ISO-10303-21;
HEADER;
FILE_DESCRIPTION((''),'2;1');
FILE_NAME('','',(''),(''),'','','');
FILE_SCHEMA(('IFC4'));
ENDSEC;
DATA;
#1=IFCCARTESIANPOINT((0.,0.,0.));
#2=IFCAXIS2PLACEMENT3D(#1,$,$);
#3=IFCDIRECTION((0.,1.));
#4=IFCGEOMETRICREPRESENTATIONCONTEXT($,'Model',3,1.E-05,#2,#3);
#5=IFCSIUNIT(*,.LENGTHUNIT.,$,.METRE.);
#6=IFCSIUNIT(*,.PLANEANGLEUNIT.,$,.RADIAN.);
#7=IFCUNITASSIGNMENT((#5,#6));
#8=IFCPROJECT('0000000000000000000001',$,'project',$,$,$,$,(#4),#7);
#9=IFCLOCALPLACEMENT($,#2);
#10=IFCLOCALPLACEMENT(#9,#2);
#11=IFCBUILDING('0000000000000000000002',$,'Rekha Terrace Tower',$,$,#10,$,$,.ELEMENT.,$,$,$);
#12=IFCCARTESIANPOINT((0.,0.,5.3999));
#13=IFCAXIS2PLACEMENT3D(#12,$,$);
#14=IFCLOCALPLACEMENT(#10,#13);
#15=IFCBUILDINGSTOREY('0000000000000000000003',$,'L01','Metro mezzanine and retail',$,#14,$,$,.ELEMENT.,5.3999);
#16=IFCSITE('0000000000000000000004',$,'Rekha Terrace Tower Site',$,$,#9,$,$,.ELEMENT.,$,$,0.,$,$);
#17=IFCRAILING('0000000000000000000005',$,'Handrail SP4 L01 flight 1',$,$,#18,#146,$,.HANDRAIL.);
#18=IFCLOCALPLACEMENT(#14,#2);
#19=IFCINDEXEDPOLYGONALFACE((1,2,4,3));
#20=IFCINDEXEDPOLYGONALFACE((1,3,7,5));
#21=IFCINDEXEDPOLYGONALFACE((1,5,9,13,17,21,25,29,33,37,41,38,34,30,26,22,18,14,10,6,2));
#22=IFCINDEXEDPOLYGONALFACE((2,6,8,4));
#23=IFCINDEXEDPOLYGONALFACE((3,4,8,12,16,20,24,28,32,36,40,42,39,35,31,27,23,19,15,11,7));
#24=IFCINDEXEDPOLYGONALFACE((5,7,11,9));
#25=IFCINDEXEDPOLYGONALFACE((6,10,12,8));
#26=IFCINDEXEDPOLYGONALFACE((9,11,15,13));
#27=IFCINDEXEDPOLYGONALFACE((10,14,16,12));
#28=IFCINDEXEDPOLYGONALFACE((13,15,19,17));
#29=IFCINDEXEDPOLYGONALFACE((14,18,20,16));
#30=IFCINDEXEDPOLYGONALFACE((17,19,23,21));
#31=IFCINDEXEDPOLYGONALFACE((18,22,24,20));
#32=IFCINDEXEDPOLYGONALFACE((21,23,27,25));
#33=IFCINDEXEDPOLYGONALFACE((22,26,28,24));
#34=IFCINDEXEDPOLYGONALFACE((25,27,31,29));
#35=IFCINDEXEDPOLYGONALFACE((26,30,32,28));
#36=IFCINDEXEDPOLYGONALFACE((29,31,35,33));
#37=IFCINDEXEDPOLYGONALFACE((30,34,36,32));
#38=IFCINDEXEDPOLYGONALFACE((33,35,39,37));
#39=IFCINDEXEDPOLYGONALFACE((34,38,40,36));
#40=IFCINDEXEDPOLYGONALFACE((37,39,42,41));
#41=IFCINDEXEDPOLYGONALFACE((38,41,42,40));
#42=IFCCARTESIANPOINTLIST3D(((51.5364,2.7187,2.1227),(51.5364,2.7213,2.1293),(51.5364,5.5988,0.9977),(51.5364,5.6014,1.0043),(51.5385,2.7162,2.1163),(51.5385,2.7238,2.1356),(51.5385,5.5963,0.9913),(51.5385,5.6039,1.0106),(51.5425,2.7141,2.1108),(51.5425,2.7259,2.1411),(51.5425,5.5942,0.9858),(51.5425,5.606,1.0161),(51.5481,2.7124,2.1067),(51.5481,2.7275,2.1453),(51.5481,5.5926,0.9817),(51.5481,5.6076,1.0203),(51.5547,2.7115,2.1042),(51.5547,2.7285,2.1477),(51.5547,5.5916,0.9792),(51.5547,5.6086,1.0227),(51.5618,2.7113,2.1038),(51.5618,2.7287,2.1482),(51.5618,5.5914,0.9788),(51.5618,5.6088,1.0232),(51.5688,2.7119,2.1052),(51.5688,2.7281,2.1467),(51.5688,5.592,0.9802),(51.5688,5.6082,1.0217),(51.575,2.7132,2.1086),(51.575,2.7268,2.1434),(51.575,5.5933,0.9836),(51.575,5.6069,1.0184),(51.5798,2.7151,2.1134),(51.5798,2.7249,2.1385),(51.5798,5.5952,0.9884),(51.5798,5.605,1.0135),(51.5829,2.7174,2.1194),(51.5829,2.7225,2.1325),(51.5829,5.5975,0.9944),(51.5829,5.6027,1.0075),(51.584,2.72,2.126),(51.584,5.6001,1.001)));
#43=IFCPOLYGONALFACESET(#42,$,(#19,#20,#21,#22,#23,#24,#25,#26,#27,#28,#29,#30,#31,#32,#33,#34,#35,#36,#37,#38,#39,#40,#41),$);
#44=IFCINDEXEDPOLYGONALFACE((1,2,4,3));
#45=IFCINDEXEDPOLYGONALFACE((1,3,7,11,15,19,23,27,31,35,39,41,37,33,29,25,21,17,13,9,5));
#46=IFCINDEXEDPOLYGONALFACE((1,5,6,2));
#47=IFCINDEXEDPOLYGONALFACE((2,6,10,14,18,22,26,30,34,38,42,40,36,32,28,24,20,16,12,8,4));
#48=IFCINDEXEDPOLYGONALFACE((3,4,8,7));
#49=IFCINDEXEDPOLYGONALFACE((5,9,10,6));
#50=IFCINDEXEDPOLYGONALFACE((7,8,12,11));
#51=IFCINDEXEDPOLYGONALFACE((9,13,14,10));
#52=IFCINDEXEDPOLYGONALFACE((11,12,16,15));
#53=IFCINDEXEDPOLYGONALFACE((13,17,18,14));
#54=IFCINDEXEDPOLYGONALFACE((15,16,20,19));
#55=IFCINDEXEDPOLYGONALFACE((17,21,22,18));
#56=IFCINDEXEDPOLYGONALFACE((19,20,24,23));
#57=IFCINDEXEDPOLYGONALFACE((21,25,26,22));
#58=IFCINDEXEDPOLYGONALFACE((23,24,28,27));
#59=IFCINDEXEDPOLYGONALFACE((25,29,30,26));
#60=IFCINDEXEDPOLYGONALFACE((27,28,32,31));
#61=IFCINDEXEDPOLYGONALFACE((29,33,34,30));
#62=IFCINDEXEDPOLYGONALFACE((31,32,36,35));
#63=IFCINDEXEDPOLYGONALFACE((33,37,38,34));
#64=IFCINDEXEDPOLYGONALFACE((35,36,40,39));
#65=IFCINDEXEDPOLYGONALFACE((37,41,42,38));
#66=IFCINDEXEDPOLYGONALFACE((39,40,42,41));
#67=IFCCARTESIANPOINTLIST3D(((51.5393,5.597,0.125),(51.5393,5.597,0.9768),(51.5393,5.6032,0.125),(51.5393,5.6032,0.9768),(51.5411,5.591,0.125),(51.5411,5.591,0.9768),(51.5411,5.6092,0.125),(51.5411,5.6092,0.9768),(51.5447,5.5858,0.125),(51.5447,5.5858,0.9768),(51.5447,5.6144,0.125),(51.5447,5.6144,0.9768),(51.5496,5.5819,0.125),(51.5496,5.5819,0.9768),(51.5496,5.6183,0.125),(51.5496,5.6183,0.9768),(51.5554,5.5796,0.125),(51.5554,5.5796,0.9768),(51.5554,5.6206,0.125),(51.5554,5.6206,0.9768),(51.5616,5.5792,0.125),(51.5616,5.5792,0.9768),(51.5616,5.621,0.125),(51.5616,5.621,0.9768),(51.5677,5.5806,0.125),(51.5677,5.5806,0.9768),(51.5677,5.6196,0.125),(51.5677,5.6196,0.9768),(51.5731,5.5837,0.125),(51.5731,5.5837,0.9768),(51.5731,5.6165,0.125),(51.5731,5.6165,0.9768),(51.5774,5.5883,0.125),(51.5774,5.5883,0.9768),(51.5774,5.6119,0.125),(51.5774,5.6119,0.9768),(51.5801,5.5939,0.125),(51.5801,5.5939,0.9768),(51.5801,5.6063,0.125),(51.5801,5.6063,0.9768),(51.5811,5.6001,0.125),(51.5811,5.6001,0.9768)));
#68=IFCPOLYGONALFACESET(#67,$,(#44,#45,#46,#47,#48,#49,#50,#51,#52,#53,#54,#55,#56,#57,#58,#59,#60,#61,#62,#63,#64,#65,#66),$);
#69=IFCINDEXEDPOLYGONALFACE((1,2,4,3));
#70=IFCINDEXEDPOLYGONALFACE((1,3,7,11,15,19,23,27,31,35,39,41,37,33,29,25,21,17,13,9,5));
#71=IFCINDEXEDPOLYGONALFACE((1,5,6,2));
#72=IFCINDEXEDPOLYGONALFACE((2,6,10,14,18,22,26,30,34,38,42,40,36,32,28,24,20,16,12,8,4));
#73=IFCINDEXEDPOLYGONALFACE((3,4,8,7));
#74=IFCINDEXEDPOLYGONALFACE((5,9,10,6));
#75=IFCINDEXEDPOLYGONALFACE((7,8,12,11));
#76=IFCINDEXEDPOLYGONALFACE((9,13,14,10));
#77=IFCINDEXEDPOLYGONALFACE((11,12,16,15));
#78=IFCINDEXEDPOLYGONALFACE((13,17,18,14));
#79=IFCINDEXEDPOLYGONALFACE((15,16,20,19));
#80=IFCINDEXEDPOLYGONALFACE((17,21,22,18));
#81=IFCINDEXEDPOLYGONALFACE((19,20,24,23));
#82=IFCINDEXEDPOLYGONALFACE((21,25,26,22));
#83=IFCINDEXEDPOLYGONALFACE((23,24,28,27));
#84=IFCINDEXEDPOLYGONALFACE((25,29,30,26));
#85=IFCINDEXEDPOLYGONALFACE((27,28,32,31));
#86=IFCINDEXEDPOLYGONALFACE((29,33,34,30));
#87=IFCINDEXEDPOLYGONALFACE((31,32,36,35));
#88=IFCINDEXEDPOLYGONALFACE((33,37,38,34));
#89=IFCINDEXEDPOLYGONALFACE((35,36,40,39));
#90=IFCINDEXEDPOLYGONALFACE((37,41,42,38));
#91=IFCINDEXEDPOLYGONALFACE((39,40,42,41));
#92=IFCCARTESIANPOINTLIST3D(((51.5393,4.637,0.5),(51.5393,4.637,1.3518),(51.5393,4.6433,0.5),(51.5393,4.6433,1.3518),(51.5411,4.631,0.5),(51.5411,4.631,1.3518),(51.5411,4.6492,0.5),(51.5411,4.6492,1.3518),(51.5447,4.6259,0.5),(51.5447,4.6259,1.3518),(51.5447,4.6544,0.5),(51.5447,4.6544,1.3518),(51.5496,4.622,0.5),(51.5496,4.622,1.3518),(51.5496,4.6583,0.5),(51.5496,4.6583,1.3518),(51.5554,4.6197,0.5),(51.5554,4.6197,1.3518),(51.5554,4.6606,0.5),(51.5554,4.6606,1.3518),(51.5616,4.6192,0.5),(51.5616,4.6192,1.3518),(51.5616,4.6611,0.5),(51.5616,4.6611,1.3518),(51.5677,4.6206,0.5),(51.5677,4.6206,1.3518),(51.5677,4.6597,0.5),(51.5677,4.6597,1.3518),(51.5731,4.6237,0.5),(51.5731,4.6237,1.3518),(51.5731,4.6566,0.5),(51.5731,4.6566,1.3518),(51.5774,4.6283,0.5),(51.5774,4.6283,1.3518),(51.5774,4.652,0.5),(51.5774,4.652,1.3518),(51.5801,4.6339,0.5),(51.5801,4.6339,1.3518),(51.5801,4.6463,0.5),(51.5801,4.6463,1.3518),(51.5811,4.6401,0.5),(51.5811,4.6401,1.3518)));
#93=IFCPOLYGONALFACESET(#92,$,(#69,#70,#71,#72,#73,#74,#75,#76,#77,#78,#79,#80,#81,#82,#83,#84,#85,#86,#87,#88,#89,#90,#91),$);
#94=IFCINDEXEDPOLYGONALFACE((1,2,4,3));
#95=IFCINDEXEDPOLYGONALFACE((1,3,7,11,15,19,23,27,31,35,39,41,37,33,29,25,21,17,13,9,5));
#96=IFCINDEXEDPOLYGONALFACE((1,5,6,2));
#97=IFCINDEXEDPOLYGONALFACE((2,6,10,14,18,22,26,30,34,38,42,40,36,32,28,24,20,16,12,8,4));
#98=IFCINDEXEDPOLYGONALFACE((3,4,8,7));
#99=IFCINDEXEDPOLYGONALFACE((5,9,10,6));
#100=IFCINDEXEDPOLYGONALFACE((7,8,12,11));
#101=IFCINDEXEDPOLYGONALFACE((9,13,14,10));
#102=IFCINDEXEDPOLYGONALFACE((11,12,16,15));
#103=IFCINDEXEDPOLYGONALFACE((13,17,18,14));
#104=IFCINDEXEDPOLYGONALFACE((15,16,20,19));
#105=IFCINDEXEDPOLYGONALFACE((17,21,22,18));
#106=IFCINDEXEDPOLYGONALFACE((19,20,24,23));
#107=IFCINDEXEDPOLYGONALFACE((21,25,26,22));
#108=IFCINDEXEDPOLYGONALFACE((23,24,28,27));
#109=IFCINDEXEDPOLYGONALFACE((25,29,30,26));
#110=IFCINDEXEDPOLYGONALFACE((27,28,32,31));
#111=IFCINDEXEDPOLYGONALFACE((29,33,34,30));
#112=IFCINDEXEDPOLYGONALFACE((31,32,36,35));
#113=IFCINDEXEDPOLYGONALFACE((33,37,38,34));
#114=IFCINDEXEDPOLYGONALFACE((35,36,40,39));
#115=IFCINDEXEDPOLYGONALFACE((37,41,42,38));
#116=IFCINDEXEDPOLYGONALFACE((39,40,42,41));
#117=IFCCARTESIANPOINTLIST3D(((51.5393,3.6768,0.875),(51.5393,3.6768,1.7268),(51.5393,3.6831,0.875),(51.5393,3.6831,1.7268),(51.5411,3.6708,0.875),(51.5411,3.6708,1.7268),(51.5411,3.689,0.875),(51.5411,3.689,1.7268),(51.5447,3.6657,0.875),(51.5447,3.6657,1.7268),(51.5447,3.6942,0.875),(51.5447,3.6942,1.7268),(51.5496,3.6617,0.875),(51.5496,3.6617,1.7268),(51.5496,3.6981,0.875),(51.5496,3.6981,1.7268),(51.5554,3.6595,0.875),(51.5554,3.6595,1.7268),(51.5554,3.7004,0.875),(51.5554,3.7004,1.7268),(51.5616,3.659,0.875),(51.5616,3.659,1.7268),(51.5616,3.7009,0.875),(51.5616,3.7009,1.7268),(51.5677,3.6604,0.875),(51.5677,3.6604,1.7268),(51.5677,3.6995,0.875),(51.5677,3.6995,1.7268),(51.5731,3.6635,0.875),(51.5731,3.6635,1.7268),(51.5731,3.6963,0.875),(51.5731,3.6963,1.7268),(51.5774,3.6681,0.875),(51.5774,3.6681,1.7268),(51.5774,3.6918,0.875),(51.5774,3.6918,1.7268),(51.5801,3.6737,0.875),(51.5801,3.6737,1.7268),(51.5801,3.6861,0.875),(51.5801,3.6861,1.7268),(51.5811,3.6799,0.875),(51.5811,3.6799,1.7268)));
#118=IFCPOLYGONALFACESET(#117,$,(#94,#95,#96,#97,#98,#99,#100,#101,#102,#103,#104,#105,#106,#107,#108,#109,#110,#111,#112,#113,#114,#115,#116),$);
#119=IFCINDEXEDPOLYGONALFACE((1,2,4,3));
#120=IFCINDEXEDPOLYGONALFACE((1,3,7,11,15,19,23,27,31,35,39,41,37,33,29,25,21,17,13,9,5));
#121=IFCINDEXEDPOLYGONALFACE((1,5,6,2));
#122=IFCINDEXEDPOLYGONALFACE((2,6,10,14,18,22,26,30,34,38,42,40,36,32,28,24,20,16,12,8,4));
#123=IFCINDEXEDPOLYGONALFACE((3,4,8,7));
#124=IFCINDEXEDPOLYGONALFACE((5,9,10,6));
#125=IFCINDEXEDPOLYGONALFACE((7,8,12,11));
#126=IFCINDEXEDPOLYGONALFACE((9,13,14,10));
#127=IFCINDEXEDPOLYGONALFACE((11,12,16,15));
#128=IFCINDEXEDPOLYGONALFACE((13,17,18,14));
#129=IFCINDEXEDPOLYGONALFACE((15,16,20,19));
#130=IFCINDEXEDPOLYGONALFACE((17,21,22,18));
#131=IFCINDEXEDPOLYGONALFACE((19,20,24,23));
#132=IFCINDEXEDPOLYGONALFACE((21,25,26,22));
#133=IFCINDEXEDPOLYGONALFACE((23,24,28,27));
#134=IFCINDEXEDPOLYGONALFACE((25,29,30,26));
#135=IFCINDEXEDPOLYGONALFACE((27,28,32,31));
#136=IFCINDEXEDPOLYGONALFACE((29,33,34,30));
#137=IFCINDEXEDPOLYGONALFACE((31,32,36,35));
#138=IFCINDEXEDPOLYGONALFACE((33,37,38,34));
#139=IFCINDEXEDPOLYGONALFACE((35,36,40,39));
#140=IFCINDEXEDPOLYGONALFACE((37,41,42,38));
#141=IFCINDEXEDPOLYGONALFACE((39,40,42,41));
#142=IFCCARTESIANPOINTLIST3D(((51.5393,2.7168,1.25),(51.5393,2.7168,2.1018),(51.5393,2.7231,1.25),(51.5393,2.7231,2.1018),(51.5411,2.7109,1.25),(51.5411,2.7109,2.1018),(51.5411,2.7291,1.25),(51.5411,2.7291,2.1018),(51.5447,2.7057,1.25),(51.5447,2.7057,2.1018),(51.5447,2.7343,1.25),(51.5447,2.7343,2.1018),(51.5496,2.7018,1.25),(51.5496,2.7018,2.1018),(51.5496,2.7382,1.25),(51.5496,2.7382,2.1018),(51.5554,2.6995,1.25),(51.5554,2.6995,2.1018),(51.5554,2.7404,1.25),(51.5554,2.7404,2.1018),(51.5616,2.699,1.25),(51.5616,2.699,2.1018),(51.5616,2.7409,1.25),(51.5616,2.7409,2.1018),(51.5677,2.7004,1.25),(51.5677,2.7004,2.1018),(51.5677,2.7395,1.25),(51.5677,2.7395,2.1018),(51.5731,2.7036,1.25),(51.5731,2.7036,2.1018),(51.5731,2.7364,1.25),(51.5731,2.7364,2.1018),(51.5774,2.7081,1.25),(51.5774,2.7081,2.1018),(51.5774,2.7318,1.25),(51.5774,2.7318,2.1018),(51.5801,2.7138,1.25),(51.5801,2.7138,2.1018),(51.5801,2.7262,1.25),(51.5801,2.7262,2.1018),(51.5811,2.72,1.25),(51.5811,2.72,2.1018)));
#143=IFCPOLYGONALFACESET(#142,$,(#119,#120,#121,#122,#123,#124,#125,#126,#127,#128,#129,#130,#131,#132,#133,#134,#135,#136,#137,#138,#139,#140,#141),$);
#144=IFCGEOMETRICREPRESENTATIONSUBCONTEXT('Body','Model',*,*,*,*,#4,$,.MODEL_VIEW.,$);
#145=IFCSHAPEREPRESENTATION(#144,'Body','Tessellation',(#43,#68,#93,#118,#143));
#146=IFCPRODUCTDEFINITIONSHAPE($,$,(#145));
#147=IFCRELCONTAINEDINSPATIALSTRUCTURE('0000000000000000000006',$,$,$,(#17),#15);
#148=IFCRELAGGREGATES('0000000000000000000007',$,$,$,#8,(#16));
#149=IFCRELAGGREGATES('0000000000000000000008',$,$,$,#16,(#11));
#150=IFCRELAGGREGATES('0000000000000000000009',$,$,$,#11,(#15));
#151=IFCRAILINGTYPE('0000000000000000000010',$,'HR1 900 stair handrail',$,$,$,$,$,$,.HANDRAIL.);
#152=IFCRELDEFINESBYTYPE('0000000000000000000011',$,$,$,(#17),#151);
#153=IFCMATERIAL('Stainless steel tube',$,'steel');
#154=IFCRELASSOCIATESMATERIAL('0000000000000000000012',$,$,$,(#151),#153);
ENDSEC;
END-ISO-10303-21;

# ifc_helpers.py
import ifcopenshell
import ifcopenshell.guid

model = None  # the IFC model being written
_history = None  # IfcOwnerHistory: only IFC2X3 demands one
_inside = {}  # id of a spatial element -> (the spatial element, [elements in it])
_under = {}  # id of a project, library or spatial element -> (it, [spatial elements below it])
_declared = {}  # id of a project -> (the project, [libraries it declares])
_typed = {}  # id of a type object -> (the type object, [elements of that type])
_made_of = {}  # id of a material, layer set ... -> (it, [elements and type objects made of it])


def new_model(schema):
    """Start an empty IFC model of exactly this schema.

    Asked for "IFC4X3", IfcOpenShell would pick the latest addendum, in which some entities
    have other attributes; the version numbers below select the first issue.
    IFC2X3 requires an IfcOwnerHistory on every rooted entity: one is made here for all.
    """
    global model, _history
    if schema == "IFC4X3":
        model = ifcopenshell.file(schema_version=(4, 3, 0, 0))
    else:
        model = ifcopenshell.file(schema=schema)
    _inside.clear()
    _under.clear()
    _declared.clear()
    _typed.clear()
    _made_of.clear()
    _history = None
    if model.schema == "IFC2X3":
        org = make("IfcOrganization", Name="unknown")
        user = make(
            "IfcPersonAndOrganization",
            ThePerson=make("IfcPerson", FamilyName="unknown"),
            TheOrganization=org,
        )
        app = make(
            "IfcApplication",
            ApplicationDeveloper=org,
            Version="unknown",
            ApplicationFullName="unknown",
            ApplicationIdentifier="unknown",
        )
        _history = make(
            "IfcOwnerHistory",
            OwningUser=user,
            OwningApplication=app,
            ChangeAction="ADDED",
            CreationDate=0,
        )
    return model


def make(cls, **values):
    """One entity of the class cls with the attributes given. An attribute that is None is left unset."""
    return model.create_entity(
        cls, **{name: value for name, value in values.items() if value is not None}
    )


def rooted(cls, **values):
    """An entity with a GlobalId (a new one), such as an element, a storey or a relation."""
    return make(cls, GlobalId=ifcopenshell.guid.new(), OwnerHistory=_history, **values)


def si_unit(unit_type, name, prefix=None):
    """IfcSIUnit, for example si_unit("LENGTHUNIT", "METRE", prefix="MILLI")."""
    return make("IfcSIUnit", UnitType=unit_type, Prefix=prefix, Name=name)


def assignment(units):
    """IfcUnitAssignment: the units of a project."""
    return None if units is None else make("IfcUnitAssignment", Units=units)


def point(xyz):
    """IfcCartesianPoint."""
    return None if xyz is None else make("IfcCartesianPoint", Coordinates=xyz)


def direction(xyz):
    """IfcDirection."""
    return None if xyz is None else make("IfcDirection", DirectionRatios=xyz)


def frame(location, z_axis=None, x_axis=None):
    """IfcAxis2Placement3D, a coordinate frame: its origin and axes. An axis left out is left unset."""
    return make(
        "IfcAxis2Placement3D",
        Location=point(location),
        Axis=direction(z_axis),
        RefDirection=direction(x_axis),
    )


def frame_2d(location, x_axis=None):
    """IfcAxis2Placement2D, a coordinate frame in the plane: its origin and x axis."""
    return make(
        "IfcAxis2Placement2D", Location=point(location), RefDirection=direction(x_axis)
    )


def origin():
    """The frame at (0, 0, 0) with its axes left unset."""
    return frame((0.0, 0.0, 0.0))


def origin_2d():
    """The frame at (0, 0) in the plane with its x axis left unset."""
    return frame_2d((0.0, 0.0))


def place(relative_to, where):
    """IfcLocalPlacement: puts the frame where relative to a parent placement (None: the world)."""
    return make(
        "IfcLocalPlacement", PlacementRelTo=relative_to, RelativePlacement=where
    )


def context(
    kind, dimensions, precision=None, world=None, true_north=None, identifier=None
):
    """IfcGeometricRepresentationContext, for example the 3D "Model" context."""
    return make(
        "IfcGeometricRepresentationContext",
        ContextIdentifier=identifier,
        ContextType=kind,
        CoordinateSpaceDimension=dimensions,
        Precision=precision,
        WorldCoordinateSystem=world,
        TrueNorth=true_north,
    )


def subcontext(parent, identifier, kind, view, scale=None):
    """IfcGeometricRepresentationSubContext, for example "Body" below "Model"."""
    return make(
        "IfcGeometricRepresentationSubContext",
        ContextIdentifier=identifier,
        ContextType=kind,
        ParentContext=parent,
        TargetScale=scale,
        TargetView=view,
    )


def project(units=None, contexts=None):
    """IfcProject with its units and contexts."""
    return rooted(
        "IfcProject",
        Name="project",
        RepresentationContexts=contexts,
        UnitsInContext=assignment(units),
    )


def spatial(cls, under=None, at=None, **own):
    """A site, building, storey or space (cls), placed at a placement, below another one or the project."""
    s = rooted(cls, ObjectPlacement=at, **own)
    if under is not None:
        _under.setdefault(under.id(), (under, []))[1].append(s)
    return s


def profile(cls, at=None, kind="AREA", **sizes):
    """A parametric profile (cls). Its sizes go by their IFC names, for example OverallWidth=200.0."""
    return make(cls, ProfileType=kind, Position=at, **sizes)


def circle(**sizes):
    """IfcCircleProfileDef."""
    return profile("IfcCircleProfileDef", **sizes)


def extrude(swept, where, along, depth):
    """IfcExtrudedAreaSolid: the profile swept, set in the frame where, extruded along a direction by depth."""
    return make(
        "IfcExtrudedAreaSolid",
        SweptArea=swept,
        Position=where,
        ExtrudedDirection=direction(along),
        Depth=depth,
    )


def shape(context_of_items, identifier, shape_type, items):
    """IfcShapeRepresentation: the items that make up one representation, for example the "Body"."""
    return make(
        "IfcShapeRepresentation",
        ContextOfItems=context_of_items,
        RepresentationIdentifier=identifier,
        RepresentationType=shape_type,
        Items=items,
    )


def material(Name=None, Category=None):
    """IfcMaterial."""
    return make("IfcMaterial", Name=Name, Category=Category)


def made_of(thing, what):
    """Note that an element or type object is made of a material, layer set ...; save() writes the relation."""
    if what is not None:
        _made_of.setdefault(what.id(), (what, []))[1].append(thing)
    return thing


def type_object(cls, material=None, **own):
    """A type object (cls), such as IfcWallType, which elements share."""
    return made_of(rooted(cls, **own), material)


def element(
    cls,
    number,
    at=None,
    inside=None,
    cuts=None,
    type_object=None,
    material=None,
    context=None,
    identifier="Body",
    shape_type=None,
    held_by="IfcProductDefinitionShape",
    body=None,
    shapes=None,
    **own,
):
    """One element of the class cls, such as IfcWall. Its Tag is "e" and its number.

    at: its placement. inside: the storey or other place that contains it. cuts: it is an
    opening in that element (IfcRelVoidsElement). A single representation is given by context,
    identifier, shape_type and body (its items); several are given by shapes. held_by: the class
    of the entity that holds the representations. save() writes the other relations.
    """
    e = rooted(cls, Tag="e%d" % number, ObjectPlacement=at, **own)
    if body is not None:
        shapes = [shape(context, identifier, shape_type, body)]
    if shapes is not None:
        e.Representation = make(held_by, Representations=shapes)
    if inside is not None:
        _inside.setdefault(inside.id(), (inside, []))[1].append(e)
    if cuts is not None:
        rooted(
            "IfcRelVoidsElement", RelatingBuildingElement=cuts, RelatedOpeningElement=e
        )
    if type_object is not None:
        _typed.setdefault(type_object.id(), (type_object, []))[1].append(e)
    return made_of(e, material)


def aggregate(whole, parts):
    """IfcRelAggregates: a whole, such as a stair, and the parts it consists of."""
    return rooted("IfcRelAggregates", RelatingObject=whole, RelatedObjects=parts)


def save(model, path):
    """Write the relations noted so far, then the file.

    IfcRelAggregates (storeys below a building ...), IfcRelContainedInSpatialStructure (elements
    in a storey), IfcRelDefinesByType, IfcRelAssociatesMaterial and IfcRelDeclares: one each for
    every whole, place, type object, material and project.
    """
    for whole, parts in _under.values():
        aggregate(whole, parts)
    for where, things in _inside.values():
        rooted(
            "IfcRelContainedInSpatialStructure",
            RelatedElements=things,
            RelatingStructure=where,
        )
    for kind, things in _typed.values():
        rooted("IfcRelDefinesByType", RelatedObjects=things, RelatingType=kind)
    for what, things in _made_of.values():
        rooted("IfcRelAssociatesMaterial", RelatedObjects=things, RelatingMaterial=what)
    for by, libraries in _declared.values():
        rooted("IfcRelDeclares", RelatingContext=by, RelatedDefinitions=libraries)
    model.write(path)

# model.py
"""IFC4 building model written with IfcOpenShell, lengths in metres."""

from ifc_helpers import new_model, si_unit, direction, frame, origin, origin_2d, place, context, subcontext, project, spatial, circle, extrude, material, type_object, element, save


model = new_model("IFC4")

# Units and contexts
model_context = context("Model", 3, precision=1e-05, world=origin(), true_north=direction((0.0, 1.0)))
body_context = subcontext(model_context, "Body", "Model", "MODEL_VIEW")
ifc_project = project(units=[si_unit("LENGTHUNIT", "METRE"), si_unit("PLANEANGLEUNIT", "RADIAN")], contexts=[model_context])

# Site, building, storey
site_placement = place(None, origin())
site = spatial("IfcSite", under=ifc_project, at=site_placement, Name="Rekha Terrace Tower Site", CompositionType="ELEMENT", RefElevation=0.0)
building_placement = place(site_placement, origin())
building = spatial("IfcBuilding", under=site, at=building_placement, Name="Rekha Terrace Tower", CompositionType="ELEMENT")
storey_placement = place(building_placement, frame((0.0, 0.0, 5.3999)))
storey = spatial("IfcBuildingStorey", under=building, at=storey_placement, Name="L01", Description="Metro mezzanine and retail", CompositionType="ELEMENT", Elevation=5.3999)

# Railing
ifc_material_1 = material(Name="Stainless steel tube", Category="steel")
railing_type_1 = type_object("IfcRailingType", Name="HR1 900 stair handrail", PredefinedType="HANDRAIL", material=ifc_material_1)
railing_1_placement = place(storey_placement, frame((51.5601, 5.6001, 0.125)))
element("IfcRailing", 1, at=railing_1_placement, inside=storey, type_object=railing_type_1, Name="Handrail SP4 L01 flight 1", PredefinedType="HANDRAIL", context=body_context, shape_type="SweptSolid", body=[
    extrude(circle(Radius=0.0239, at=origin_2d()), frame((0.0, 0.0, 0.876), z_axis=(0.0, -0.931463, 0.363837), x_axis=(1.0, 0.0, 0.0)), (0.0, 0.0, 1.0), 3.092),
    extrude(circle(Radius=0.021, at=origin_2d()), origin(), (0.0, 0.0, 1.0), 0.8518),
    extrude(circle(Radius=0.021, at=origin_2d()), frame((0.0, -0.96, 0.375)), (0.0, 0.0, 1.0), 0.8518),
    extrude(circle(Radius=0.021, at=origin_2d()), frame((0.0, -1.9202, 0.75)), (0.0, 0.0, 1.0), 0.8518),
    extrude(circle(Radius=0.021, at=origin_2d()), frame((0.0, -2.8801, 1.125)), (0.0, 0.0, 1.0), 0.8518),
])

save(model, "model.ifc")
